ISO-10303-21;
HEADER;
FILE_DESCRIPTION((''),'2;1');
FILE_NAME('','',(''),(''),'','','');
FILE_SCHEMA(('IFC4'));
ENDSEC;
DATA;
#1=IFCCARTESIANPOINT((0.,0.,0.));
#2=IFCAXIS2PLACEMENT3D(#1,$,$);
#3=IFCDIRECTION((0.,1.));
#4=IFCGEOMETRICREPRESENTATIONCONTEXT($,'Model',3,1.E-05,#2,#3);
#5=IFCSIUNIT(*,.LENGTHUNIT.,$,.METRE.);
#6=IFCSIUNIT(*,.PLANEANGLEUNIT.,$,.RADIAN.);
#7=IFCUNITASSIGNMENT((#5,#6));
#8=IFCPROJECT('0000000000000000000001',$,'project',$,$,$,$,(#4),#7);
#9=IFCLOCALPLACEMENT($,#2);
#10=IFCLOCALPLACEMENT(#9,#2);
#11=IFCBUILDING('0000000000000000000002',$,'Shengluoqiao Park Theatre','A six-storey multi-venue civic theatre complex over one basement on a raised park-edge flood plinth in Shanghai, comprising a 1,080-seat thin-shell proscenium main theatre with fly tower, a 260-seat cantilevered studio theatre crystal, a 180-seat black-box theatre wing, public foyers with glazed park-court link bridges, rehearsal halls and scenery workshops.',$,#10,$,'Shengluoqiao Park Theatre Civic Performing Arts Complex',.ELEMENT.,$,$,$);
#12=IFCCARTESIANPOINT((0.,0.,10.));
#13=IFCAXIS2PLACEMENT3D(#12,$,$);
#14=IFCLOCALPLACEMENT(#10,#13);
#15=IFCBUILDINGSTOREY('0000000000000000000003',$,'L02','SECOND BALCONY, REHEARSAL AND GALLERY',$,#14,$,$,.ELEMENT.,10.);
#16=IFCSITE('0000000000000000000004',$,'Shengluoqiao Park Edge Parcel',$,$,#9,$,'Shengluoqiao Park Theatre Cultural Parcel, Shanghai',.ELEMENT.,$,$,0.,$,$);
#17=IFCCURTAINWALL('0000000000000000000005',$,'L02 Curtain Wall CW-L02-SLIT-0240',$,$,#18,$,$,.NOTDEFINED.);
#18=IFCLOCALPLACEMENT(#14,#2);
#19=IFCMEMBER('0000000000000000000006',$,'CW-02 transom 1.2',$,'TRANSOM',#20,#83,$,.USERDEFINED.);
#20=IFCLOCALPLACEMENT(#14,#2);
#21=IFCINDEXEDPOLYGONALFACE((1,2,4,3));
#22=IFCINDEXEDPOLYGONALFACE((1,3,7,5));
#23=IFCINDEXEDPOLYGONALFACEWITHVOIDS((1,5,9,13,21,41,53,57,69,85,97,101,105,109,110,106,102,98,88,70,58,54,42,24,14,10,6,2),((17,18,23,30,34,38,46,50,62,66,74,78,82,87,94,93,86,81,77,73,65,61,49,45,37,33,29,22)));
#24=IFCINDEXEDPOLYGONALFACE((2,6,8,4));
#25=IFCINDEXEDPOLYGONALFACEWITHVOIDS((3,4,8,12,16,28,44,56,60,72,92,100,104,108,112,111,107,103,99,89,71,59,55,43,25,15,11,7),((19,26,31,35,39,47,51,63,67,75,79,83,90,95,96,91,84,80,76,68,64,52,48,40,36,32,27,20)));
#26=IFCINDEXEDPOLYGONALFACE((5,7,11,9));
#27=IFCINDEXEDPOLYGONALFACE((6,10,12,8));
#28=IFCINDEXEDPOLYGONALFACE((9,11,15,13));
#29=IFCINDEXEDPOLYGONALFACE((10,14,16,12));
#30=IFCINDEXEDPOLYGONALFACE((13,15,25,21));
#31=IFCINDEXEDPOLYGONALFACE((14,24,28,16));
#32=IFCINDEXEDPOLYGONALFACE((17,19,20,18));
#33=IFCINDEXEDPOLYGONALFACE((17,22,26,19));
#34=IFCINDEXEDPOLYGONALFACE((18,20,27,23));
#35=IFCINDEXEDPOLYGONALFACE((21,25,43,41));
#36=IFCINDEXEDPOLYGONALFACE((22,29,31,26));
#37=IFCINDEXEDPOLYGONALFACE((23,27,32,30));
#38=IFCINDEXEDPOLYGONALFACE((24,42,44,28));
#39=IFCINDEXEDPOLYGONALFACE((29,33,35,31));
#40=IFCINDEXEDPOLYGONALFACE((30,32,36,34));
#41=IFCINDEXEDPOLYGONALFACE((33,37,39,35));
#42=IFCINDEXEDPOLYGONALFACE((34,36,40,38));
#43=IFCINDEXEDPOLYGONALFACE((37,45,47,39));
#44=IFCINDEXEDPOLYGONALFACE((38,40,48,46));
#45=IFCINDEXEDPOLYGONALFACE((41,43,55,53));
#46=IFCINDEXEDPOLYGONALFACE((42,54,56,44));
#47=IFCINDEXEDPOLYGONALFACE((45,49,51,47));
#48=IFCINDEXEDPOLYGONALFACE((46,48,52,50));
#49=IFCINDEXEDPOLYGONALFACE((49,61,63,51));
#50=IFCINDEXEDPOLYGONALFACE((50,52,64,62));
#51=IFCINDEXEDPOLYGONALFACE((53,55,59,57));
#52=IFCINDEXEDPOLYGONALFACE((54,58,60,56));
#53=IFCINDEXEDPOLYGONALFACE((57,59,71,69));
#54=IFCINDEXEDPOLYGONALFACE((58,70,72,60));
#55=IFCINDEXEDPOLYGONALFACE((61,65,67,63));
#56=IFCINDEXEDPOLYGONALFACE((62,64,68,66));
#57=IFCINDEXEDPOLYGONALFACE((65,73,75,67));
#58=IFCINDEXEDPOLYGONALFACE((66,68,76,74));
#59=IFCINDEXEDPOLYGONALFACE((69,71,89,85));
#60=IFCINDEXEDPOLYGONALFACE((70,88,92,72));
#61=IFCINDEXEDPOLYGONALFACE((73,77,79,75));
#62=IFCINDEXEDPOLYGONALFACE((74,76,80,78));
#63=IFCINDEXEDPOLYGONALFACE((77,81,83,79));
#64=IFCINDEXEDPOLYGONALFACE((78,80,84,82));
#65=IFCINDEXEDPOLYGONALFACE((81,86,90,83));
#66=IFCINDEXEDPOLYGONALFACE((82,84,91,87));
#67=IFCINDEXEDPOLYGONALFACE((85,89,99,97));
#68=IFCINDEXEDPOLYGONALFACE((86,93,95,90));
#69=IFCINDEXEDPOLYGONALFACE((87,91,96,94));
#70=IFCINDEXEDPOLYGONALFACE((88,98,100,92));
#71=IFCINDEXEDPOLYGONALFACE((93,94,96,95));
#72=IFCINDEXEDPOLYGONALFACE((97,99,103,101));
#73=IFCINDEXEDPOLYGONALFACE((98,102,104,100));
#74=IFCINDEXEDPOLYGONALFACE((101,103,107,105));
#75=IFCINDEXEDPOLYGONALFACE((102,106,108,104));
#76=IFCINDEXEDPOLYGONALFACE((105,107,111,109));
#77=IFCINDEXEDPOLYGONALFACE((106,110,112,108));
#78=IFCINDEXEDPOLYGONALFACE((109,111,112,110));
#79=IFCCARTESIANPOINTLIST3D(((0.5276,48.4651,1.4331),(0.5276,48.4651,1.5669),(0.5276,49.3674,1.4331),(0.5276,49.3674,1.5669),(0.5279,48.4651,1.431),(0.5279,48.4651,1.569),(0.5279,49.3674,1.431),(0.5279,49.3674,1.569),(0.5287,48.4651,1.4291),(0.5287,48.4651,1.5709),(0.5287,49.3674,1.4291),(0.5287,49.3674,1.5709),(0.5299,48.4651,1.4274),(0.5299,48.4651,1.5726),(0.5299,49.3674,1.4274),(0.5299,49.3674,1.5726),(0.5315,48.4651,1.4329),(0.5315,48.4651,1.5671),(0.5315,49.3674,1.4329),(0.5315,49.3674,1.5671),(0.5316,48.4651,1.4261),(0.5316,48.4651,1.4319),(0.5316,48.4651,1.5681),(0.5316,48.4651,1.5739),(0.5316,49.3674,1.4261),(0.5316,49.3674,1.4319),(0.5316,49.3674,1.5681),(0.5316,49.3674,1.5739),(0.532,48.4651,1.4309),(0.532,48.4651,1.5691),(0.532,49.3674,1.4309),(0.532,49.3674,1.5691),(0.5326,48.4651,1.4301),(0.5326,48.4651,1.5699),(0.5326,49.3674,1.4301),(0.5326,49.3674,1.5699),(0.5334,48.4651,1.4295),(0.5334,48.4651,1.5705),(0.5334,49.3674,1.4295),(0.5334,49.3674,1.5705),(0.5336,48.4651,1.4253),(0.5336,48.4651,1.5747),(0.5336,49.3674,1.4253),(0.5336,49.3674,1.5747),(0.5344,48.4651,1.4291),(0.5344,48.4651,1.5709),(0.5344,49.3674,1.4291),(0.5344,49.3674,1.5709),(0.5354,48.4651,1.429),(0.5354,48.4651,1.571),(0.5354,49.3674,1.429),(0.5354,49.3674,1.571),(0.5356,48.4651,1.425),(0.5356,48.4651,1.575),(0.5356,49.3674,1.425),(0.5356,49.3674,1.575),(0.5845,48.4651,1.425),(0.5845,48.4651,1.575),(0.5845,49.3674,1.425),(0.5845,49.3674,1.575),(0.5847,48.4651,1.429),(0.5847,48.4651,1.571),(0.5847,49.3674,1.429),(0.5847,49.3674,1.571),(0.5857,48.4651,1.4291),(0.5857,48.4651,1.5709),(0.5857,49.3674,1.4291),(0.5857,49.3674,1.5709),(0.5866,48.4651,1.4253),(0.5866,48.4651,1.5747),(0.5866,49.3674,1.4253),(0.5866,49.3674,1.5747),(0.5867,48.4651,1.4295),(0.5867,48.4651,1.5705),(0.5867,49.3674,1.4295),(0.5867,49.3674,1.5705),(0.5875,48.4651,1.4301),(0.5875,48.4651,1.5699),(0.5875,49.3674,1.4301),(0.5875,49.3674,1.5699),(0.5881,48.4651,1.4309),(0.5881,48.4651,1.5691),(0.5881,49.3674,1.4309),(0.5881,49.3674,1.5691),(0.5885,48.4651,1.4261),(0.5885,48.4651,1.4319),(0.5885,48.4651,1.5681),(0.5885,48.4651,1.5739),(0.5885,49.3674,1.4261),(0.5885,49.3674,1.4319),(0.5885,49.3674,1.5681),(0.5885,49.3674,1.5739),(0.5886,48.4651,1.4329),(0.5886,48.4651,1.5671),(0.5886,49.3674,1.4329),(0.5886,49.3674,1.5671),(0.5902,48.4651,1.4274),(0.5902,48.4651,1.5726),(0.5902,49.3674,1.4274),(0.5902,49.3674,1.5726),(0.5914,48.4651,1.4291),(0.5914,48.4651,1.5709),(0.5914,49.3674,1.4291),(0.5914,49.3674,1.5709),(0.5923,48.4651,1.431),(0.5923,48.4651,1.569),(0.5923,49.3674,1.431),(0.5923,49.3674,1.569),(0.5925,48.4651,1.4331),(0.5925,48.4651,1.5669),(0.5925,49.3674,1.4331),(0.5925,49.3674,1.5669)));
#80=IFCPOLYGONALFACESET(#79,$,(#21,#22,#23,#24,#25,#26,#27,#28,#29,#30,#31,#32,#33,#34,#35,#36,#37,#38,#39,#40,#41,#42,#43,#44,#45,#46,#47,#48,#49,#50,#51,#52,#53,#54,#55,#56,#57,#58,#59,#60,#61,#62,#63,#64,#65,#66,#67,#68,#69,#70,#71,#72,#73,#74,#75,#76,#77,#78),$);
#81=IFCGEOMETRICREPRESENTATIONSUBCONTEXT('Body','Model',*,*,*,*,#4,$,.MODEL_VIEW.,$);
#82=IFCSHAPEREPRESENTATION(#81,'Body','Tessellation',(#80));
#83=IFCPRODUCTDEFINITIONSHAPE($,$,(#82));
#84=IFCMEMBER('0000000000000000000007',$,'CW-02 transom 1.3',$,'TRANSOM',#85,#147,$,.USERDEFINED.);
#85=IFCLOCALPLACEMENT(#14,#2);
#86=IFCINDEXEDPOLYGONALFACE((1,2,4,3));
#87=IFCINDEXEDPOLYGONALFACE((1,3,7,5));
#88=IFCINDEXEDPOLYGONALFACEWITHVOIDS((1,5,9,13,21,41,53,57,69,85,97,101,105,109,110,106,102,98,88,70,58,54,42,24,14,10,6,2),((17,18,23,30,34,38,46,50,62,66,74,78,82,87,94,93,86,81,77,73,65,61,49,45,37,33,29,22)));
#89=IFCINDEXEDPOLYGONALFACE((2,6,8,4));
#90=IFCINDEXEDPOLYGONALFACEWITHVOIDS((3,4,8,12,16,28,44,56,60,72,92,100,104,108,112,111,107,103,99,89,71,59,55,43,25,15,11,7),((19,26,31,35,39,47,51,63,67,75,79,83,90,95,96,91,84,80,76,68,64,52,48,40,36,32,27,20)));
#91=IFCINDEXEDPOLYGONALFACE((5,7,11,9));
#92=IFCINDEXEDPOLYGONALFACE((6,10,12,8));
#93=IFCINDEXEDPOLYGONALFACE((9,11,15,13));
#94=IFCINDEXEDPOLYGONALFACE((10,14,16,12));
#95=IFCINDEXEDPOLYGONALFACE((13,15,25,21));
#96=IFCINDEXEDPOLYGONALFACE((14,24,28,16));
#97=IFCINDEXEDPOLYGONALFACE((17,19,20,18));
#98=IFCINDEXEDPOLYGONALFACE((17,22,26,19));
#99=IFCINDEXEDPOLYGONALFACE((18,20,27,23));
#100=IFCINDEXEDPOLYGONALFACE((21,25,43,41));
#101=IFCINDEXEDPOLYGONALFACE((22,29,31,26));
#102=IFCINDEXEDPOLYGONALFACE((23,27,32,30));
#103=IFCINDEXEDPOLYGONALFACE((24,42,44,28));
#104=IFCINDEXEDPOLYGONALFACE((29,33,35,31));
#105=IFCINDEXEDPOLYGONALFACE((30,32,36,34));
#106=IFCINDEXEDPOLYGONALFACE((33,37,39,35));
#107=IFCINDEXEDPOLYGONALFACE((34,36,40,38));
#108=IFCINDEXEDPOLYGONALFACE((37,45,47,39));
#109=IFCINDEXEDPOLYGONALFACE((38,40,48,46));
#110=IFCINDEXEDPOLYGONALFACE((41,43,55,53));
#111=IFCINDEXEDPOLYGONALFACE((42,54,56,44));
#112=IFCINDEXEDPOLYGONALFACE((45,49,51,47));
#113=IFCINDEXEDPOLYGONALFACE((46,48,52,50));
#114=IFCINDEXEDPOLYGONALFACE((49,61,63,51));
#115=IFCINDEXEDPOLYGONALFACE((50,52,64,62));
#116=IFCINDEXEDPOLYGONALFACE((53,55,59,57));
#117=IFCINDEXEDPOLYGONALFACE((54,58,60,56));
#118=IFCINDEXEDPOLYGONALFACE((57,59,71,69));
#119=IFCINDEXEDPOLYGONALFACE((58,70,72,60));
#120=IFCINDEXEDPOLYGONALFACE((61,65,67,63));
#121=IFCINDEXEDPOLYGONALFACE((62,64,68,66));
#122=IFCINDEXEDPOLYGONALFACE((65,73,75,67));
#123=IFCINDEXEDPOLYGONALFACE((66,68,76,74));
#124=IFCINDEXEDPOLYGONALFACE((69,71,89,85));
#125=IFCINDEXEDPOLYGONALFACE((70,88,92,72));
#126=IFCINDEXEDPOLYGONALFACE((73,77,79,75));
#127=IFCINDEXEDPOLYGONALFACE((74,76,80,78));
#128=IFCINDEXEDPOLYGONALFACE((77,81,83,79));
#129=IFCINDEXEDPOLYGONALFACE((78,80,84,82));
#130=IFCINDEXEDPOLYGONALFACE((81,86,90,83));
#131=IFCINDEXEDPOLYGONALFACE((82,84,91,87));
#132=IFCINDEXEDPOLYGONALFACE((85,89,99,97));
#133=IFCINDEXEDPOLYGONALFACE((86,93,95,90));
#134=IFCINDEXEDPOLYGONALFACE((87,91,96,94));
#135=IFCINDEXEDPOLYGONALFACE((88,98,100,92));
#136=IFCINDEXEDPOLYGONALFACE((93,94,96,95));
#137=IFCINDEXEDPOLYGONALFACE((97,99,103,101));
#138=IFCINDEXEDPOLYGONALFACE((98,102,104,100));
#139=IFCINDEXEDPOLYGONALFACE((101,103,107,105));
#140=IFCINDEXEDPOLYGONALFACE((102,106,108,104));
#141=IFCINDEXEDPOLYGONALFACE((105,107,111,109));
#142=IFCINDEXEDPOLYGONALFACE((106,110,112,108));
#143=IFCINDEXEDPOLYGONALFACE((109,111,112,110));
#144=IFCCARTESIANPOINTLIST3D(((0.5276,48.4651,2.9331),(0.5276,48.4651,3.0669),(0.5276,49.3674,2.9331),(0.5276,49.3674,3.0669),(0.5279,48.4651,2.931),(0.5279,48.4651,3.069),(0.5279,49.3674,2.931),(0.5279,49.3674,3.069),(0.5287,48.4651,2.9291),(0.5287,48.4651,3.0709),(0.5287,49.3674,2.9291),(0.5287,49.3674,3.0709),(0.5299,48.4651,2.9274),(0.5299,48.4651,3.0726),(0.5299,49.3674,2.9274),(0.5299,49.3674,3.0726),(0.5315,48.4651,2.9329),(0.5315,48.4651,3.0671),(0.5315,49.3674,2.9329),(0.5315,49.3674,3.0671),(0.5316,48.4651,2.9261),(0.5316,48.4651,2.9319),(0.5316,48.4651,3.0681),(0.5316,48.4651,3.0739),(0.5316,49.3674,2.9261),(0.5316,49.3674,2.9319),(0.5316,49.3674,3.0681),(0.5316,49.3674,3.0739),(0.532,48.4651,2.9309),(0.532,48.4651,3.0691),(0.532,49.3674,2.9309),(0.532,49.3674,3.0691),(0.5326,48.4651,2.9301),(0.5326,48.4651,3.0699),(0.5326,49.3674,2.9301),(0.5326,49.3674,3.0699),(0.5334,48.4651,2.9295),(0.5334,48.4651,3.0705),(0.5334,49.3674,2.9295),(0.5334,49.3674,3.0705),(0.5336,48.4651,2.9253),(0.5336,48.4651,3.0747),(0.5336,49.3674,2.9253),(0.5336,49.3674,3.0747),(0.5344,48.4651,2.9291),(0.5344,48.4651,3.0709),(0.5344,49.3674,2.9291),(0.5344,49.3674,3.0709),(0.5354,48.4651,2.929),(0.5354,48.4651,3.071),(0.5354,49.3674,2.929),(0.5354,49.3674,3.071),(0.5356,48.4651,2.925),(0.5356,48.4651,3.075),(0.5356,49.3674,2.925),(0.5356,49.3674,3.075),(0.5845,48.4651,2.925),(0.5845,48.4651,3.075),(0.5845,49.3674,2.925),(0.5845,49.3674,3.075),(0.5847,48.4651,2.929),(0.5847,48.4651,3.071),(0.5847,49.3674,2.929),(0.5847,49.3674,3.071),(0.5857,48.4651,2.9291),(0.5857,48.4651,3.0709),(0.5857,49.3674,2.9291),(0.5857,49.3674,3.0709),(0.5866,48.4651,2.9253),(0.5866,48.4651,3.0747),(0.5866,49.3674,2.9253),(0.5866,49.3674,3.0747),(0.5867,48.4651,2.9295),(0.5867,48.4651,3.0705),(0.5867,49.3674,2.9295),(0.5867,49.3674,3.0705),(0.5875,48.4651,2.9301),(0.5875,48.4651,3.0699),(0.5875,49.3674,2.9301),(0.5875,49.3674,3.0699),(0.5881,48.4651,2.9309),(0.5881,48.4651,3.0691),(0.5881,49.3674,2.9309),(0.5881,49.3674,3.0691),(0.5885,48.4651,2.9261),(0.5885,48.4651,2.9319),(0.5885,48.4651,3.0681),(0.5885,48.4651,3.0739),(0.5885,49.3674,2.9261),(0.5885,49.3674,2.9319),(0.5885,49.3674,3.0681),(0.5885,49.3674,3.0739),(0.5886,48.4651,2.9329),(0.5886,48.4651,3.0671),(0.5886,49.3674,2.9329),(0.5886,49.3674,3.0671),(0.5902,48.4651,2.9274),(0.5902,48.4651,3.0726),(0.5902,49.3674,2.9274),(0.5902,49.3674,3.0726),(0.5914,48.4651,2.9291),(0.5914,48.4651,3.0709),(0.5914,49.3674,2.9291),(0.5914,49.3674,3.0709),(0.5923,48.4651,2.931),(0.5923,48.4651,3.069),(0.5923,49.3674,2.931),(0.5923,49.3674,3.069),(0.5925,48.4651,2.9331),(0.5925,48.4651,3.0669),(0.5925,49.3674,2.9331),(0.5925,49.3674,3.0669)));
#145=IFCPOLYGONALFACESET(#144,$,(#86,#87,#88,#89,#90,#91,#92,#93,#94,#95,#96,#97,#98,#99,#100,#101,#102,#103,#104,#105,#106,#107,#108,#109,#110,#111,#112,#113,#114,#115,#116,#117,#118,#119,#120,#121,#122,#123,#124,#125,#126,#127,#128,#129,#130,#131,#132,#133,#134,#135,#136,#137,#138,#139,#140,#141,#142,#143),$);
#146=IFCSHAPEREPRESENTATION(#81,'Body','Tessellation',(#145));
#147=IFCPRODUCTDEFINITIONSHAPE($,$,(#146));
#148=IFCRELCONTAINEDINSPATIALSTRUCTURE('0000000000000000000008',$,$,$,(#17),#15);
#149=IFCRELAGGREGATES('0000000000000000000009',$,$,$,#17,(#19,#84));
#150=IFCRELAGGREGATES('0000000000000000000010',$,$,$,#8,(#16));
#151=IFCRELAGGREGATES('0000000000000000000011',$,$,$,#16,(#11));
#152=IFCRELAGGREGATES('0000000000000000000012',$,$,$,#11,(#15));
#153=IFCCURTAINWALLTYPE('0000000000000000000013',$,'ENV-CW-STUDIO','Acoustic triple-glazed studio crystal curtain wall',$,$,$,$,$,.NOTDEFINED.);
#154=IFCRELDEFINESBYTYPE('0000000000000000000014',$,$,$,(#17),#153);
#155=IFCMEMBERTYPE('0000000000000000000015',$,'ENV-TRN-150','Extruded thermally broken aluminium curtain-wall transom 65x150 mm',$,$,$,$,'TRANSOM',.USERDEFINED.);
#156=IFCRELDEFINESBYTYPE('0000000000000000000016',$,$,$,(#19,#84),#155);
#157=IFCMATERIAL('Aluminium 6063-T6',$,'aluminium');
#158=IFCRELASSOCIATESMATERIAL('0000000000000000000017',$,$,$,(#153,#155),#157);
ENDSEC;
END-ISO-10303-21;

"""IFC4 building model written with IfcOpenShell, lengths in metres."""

from ifc_helpers import new_model, si_unit, direction, frame, origin, origin_2d, place, context, subcontext, project, spatial, hollow_rectangle, extrude, material, material_profile, profile_set, type_object, element, aggregate, save


model = new_model("IFC4")

# Units and contexts
model_context = context("Model", 3, precision=1e-05, world=origin(), true_north=direction((0.0, 1.0)))
body_context = subcontext(model_context, "Body", "Model", "MODEL_VIEW")
ifc_project = project(units=[si_unit("LENGTHUNIT", "METRE"), si_unit("PLANEANGLEUNIT", "RADIAN")], contexts=[model_context])

# Site, building, storey
site_placement = place(None, origin())
site = spatial("IfcSite", under=ifc_project, at=site_placement, Name="Shengluoqiao Park Edge Parcel", LongName="Shengluoqiao Park Theatre Cultural Parcel, Shanghai", CompositionType="ELEMENT", RefElevation=0.0)
building_placement = place(site_placement, origin())
building = spatial("IfcBuilding", under=site, at=building_placement, Name="Shengluoqiao Park Theatre", Description="A six-storey multi-venue civic theatre complex over one basement on a raised park-edge flood plinth in Shanghai, comprising a 1,080-seat thin-shell proscenium main theatre with fly tower, a 260-seat cantilevered studio theatre crystal, a 180-seat black-box theatre wing, public foyers with glazed park-court link bridges, rehearsal halls and scenery workshops.", LongName="Shengluoqiao Park Theatre Civic Performing Arts Complex", CompositionType="ELEMENT")
storey_placement = place(building_placement, frame((0.0, 0.0, 10.0)))
storey = spatial("IfcBuildingStorey", under=building, at=storey_placement, Name="L02", Description="SECOND BALCONY, REHEARSAL AND GALLERY", CompositionType="ELEMENT", Elevation=10.0)

# Curtain wall
ifc_material_1 = material(Name="Aluminium 6063-T6", Category="aluminium")
curtain_wall_type = type_object("IfcCurtainWallType", Name="ENV-CW-STUDIO", Description="Acoustic triple-glazed studio crystal curtain wall", PredefinedType="NOTDEFINED", material=ifc_material_1)
curtain_wall_1_placement = place(storey_placement, origin())
curtain_wall_1 = element("IfcCurtainWall", 1, at=curtain_wall_1_placement, inside=storey, type_object=curtain_wall_type, Name="L02 Curtain Wall CW-L02-SLIT-0240", PredefinedType="NOTDEFINED")

# Members
ifc_material_profile_1 = material_profile(ifc_material_1, hollow_rectangle(XDim=0.0649, YDim=0.1499, WallThickness=0.0039, InnerFilletRadius=0.0039, OuterFilletRadius=0.0081, at=origin_2d()), Name="ALU TRANSOM 150x65x4")
ifc_profile_set_1 = profile_set([ifc_material_profile_1], Name="Aluminium 6063-T6")
member_type_1 = type_object("IfcMemberType", Name="ENV-TRN-150", Description="Extruded thermally broken aluminium curtain-wall transom 65x150 mm", ElementType="TRANSOM", PredefinedType="USERDEFINED", material=ifc_profile_set_1)
member_1_placement = place(storey_placement, frame((0.5601, 48.4651, 1.5), z_axis=(0.0, 1.0, 0.0), x_axis=(-1.0, 0.0, 0.0)))
member_1 = element("IfcMember", 2, at=member_1_placement, type_object=member_type_1, Name="CW-02 transom 1.2", ObjectType="TRANSOM", PredefinedType="USERDEFINED", context=body_context, shape_type="SweptSolid", body=[
    extrude(hollow_rectangle(XDim=0.0649, YDim=0.1499, WallThickness=0.0039, InnerFilletRadius=0.0039, OuterFilletRadius=0.0081, at=origin_2d()), origin(), (0.0, 0.0, 1.0), 0.9023),
])
member_2_placement = place(storey_placement, frame((0.5601, 48.4651, 3.0), z_axis=(0.0, 1.0, 0.0), x_axis=(-1.0, 0.0, 0.0)))
member_2 = element("IfcMember", 3, at=member_2_placement, type_object=member_type_1, Name="CW-02 transom 1.3", ObjectType="TRANSOM", PredefinedType="USERDEFINED", context=body_context, shape_type="SweptSolid", body=[
    extrude(hollow_rectangle(XDim=0.0649, YDim=0.1499, WallThickness=0.0039, InnerFilletRadius=0.0039, OuterFilletRadius=0.0081, at=origin_2d()), origin(), (0.0, 0.0, 1.0), 0.9023),
])

aggregate(curtain_wall_1, [member_1, member_2])

save(model, "model.ifc")
